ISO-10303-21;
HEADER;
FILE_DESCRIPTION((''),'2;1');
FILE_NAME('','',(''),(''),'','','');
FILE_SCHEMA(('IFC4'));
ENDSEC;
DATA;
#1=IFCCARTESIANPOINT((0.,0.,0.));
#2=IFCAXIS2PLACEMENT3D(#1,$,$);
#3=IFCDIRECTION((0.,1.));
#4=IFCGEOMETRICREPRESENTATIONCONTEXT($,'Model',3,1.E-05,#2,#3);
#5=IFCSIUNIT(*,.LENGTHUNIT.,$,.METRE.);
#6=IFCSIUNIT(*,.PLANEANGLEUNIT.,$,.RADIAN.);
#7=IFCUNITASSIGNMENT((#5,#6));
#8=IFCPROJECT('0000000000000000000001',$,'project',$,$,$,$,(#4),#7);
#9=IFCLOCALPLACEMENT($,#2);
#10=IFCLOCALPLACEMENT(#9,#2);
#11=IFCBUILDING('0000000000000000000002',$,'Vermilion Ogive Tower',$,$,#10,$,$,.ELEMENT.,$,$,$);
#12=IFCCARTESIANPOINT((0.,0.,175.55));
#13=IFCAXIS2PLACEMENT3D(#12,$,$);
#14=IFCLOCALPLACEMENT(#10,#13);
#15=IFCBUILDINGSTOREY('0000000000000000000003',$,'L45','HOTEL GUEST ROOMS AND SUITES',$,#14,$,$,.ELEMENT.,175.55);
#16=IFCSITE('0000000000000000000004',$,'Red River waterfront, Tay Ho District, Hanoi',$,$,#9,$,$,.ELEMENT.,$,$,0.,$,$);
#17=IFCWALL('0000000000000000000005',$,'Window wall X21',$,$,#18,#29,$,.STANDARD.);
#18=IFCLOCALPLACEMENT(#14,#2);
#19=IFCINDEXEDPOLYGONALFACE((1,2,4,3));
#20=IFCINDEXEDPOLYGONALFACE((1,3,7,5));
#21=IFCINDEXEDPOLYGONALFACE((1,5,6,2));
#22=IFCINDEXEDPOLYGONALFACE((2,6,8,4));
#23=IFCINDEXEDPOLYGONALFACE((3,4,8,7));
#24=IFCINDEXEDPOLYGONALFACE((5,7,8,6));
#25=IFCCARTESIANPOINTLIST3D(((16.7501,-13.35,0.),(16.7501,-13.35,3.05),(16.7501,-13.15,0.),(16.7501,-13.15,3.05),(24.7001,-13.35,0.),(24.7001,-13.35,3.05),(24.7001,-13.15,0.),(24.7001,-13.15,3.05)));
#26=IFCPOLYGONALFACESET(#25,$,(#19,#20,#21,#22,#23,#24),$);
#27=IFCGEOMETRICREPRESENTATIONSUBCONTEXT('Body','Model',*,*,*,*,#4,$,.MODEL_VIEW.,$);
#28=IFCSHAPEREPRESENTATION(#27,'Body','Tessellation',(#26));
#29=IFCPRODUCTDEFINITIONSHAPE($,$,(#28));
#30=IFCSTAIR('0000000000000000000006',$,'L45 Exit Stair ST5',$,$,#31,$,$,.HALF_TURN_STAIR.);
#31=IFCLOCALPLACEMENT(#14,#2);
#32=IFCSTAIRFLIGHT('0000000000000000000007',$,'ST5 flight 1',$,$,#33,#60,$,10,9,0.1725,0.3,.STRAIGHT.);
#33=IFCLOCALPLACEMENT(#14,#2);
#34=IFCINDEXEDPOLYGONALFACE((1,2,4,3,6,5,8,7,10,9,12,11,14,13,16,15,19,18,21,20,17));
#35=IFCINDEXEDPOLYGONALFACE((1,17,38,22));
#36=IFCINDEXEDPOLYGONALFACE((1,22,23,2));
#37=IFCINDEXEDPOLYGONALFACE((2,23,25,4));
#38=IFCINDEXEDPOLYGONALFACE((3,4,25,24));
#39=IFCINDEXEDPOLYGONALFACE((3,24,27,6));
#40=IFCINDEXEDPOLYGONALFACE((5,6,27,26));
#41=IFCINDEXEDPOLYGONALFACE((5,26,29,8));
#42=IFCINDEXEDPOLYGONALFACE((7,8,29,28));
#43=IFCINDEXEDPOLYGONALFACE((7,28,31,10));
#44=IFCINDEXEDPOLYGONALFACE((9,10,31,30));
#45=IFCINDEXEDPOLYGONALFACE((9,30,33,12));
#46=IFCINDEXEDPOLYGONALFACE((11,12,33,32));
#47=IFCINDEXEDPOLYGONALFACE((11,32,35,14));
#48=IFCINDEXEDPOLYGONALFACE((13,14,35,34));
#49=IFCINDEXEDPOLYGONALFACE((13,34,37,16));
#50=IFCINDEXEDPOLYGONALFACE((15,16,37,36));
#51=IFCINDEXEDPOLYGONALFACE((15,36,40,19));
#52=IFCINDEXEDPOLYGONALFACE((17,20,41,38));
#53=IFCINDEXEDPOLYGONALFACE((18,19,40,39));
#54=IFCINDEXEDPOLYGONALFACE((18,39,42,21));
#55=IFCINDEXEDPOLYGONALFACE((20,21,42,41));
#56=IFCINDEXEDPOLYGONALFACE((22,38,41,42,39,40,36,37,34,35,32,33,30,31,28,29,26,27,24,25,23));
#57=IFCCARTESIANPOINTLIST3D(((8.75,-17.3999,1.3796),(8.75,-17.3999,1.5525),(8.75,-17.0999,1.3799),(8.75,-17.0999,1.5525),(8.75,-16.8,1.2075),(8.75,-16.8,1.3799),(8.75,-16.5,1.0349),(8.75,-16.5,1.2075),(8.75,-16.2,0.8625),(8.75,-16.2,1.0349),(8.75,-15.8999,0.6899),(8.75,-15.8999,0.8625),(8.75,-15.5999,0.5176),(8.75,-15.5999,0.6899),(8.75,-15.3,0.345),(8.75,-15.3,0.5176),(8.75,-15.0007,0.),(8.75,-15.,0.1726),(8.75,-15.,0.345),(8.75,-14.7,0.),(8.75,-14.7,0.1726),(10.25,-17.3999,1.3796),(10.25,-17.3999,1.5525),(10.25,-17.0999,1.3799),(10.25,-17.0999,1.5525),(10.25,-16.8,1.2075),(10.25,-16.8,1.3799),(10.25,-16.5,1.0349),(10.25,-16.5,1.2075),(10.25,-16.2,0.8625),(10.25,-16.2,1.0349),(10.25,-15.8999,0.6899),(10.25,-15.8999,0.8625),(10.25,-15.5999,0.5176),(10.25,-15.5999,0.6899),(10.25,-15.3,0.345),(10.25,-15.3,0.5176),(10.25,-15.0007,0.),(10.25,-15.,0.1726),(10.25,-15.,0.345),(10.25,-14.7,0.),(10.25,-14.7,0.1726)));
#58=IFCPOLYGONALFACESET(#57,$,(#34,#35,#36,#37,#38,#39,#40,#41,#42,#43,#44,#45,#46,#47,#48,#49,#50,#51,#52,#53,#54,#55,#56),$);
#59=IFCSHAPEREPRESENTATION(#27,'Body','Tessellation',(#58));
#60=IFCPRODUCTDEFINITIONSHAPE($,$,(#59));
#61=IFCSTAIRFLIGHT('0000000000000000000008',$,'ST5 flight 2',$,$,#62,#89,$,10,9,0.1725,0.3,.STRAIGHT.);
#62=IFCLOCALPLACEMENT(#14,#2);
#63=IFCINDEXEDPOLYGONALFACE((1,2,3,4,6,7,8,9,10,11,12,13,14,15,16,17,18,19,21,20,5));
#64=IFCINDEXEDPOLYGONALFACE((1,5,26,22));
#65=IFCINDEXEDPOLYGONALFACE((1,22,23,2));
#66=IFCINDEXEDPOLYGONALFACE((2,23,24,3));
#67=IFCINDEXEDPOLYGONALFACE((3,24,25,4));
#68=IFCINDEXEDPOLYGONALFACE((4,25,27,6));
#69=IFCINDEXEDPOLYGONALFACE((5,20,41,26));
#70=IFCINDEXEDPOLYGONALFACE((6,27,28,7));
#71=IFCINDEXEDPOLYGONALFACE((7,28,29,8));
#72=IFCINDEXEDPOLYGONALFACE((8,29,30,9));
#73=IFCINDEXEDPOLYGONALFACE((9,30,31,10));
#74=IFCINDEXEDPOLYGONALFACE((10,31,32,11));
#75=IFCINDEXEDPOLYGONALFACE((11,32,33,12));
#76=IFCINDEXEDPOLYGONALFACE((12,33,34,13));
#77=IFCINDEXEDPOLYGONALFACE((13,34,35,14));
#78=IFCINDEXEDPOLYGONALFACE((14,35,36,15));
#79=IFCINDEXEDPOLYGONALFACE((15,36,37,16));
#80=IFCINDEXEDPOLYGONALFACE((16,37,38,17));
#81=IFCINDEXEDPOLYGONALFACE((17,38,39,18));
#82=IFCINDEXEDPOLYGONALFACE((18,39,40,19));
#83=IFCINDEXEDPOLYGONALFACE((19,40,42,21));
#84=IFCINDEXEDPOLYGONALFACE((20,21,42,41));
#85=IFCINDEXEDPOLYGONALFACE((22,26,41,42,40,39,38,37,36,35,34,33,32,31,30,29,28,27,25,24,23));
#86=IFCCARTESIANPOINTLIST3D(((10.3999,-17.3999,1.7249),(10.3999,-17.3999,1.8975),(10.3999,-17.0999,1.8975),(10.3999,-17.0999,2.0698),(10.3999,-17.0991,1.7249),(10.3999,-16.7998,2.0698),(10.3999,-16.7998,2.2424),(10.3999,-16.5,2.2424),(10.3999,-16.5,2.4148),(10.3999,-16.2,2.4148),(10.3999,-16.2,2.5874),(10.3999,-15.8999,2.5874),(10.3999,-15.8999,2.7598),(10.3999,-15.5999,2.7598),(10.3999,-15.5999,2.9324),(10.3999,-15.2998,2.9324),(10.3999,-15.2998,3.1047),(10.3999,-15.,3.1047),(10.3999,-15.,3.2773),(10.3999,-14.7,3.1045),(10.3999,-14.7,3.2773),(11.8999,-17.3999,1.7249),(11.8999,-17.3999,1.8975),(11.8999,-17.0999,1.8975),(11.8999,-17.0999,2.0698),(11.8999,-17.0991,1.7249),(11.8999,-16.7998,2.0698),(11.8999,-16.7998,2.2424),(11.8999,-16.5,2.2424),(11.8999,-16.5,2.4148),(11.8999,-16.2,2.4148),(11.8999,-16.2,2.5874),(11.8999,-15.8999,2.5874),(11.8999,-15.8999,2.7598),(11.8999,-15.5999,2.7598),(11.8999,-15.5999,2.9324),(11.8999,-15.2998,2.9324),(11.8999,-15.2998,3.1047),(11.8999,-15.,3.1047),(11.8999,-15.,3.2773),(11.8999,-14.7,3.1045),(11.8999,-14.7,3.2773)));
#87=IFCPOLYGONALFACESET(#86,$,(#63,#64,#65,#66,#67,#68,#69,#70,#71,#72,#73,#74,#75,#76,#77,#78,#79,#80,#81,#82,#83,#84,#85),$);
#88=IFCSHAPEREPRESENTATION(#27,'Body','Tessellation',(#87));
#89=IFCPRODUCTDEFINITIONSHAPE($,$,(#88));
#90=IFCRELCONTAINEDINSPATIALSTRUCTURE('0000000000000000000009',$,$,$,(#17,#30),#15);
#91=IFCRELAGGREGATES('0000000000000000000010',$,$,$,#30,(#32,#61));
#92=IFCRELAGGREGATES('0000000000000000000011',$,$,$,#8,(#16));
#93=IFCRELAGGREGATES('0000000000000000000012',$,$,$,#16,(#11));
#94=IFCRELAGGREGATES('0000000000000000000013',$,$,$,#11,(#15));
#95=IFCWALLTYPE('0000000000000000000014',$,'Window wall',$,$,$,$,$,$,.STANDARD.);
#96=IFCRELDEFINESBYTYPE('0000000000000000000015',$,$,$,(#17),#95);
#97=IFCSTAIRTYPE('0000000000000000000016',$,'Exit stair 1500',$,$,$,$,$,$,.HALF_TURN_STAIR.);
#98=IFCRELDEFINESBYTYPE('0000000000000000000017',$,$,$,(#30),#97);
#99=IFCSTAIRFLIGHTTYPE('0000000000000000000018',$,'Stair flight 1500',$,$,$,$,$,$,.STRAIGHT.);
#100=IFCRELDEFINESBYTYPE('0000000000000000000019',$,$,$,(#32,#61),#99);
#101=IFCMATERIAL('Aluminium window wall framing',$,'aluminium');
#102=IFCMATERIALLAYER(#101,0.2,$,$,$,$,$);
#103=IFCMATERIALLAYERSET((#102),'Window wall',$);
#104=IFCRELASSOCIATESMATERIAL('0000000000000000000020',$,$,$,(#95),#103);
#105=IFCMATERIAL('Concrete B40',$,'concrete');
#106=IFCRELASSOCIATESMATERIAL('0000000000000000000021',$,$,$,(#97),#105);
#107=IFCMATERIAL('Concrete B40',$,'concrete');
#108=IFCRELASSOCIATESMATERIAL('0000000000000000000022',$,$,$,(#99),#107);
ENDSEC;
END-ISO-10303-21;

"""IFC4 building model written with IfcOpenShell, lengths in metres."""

from ifc_helpers import new_model, si_unit, direction, frame, frame_2d, origin, place, context, subcontext, project, spatial, polyline, rectangle, outline, extrude, material, layer, layer_set, type_object, element, aggregate, save


model = new_model("IFC4")

# Units and contexts
model_context = context("Model", 3, precision=1e-05, world=origin(), true_north=direction((0.0, 1.0)))
body_context = subcontext(model_context, "Body", "Model", "MODEL_VIEW")
ifc_project = project(units=[si_unit("LENGTHUNIT", "METRE"), si_unit("PLANEANGLEUNIT", "RADIAN")], contexts=[model_context])

# Site, building, storey
site_placement = place(None, origin())
site = spatial("IfcSite", under=ifc_project, at=site_placement, Name="Red River waterfront, Tay Ho District, Hanoi", CompositionType="ELEMENT", RefElevation=0.0)
building_placement = place(site_placement, origin())
building = spatial("IfcBuilding", under=site, at=building_placement, Name="Vermilion Ogive Tower", CompositionType="ELEMENT")
storey_placement = place(building_placement, frame((0.0, 0.0, 175.55)))
storey = spatial("IfcBuildingStorey", under=building, at=storey_placement, Name="L45", Description="HOTEL GUEST ROOMS AND SUITES", CompositionType="ELEMENT", Elevation=175.55)

# Shared definitions
ifc_material_1 = material(Name="Aluminium window wall framing", Category="aluminium")
ifc_layer_1 = layer(ifc_material_1, 0.2)
ifc_layer_set_1 = layer_set([ifc_layer_1], Name="Window wall")
wall_type_1 = type_object("IfcWallType", Name="Window wall", PredefinedType="STANDARD", material=ifc_layer_set_1)

# Wall
wall_1_placement = place(storey_placement, frame((16.75, -13.25, 0.0), z_axis=(0.0, 0.0, 1.0), x_axis=(1.0, 0.0, 0.0)))
element("IfcWall", 1, at=wall_1_placement, inside=storey, type_object=wall_type_1, Name="Window wall X21", PredefinedType="STANDARD", context=body_context, shape_type="SweptSolid", body=[
    extrude(rectangle(XDim=7.95, YDim=0.2, at=frame_2d((3.9751, 0.0))), origin(), (0.0, 0.0, 1.0), 3.05),
])

# Stair, stair flights
ifc_material_2 = material(Name="Concrete B40", Category="concrete")
stair_type = type_object("IfcStairType", Name="Exit stair 1500", PredefinedType="HALF_TURN_STAIR", material=ifc_material_2)
stair_placement = place(storey_placement, origin())
stair = element("IfcStair", 2, at=stair_placement, inside=storey, type_object=stair_type, Name="L45 Exit Stair ST5", PredefinedType="HALF_TURN_STAIR")
ifc_material_3 = material(Name="Concrete B40", Category="concrete")
stair_flight_type = type_object("IfcStairFlightType", Name="Stair flight 1500", PredefinedType="STRAIGHT", material=ifc_material_3)
stair_flight_1_placement = place(storey_placement, frame((9.5, -14.7, 0.0), z_axis=(0.0, 0.0, 1.0), x_axis=(0.0, -1.0, 0.0)))
stair_flight_1 = element("IfcStairFlight", 3, at=stair_flight_1_placement, type_object=stair_flight_type, Name="ST5 flight 1", NumberOfRisers=10, NumberOfTreads=9, PredefinedType="STRAIGHT", RiserHeight=0.1725, TreadLength=0.3, context=body_context, shape_type="SweptSolid", body=[
    extrude(outline(polyline([(0.0, 0.0), (0.0, 0.1726), (0.3, 0.1726), (0.3, 0.345), (0.6001, 0.345), (0.6001, 0.5176), (0.8999, 0.5176), (0.8999, 0.6899), (1.2, 0.6899), (1.2, 0.8625), (1.5, 0.8625), (1.5, 1.0349), (1.8, 1.0349), (1.8, 1.2075), (2.1001, 1.2075), (2.1001, 1.3799), (2.3999, 1.3799), (2.3999, 1.5525), (2.7, 1.5525), (2.7, 1.7251), (2.7, 1.3796), (0.3008, 0.0), (0.0, 0.0)])), frame((0.0, 0.75, 0.0), z_axis=(0.0, -1.0, 0.0), x_axis=(1.0, 0.0, 0.0)), (0.0, 0.0, 1.0), 1.5),
])
stair_flight_2_placement = place(storey_placement, frame((11.1499, -17.3999, 1.7249), z_axis=(0.0, 0.0, 1.0), x_axis=(0.0, 1.0, 0.0)))
stair_flight_2 = element("IfcStairFlight", 4, at=stair_flight_2_placement, type_object=stair_flight_type, Name="ST5 flight 2", NumberOfRisers=10, NumberOfTreads=9, PredefinedType="STRAIGHT", RiserHeight=0.1725, TreadLength=0.3, context=body_context, shape_type="SweptSolid", body=[
    extrude(outline(polyline([(0.0, 0.0), (0.0, 0.1726), (0.3, 0.1726), (0.3, 0.345), (0.6001, 0.345), (0.6001, 0.5176), (0.8999, 0.5176), (0.8999, 0.6899), (1.2, 0.6899), (1.2, 0.8625), (1.5, 0.8625), (1.5, 1.0349), (1.8, 1.0349), (1.8, 1.2075), (2.1001, 1.2075), (2.1001, 1.3799), (2.3999, 1.3799), (2.3999, 1.5525), (2.7, 1.5525), (2.7, 1.7251), (2.7, 1.3796), (0.3008, 0.0), (0.0, 0.0)])), frame((0.0, 0.75, 0.0), z_axis=(0.0, -1.0, 0.0), x_axis=(1.0, 0.0, 0.0)), (0.0, 0.0, 1.0), 1.5),
])
aggregate(stair, [stair_flight_1, stair_flight_2])

save(model, "model.ifc")
